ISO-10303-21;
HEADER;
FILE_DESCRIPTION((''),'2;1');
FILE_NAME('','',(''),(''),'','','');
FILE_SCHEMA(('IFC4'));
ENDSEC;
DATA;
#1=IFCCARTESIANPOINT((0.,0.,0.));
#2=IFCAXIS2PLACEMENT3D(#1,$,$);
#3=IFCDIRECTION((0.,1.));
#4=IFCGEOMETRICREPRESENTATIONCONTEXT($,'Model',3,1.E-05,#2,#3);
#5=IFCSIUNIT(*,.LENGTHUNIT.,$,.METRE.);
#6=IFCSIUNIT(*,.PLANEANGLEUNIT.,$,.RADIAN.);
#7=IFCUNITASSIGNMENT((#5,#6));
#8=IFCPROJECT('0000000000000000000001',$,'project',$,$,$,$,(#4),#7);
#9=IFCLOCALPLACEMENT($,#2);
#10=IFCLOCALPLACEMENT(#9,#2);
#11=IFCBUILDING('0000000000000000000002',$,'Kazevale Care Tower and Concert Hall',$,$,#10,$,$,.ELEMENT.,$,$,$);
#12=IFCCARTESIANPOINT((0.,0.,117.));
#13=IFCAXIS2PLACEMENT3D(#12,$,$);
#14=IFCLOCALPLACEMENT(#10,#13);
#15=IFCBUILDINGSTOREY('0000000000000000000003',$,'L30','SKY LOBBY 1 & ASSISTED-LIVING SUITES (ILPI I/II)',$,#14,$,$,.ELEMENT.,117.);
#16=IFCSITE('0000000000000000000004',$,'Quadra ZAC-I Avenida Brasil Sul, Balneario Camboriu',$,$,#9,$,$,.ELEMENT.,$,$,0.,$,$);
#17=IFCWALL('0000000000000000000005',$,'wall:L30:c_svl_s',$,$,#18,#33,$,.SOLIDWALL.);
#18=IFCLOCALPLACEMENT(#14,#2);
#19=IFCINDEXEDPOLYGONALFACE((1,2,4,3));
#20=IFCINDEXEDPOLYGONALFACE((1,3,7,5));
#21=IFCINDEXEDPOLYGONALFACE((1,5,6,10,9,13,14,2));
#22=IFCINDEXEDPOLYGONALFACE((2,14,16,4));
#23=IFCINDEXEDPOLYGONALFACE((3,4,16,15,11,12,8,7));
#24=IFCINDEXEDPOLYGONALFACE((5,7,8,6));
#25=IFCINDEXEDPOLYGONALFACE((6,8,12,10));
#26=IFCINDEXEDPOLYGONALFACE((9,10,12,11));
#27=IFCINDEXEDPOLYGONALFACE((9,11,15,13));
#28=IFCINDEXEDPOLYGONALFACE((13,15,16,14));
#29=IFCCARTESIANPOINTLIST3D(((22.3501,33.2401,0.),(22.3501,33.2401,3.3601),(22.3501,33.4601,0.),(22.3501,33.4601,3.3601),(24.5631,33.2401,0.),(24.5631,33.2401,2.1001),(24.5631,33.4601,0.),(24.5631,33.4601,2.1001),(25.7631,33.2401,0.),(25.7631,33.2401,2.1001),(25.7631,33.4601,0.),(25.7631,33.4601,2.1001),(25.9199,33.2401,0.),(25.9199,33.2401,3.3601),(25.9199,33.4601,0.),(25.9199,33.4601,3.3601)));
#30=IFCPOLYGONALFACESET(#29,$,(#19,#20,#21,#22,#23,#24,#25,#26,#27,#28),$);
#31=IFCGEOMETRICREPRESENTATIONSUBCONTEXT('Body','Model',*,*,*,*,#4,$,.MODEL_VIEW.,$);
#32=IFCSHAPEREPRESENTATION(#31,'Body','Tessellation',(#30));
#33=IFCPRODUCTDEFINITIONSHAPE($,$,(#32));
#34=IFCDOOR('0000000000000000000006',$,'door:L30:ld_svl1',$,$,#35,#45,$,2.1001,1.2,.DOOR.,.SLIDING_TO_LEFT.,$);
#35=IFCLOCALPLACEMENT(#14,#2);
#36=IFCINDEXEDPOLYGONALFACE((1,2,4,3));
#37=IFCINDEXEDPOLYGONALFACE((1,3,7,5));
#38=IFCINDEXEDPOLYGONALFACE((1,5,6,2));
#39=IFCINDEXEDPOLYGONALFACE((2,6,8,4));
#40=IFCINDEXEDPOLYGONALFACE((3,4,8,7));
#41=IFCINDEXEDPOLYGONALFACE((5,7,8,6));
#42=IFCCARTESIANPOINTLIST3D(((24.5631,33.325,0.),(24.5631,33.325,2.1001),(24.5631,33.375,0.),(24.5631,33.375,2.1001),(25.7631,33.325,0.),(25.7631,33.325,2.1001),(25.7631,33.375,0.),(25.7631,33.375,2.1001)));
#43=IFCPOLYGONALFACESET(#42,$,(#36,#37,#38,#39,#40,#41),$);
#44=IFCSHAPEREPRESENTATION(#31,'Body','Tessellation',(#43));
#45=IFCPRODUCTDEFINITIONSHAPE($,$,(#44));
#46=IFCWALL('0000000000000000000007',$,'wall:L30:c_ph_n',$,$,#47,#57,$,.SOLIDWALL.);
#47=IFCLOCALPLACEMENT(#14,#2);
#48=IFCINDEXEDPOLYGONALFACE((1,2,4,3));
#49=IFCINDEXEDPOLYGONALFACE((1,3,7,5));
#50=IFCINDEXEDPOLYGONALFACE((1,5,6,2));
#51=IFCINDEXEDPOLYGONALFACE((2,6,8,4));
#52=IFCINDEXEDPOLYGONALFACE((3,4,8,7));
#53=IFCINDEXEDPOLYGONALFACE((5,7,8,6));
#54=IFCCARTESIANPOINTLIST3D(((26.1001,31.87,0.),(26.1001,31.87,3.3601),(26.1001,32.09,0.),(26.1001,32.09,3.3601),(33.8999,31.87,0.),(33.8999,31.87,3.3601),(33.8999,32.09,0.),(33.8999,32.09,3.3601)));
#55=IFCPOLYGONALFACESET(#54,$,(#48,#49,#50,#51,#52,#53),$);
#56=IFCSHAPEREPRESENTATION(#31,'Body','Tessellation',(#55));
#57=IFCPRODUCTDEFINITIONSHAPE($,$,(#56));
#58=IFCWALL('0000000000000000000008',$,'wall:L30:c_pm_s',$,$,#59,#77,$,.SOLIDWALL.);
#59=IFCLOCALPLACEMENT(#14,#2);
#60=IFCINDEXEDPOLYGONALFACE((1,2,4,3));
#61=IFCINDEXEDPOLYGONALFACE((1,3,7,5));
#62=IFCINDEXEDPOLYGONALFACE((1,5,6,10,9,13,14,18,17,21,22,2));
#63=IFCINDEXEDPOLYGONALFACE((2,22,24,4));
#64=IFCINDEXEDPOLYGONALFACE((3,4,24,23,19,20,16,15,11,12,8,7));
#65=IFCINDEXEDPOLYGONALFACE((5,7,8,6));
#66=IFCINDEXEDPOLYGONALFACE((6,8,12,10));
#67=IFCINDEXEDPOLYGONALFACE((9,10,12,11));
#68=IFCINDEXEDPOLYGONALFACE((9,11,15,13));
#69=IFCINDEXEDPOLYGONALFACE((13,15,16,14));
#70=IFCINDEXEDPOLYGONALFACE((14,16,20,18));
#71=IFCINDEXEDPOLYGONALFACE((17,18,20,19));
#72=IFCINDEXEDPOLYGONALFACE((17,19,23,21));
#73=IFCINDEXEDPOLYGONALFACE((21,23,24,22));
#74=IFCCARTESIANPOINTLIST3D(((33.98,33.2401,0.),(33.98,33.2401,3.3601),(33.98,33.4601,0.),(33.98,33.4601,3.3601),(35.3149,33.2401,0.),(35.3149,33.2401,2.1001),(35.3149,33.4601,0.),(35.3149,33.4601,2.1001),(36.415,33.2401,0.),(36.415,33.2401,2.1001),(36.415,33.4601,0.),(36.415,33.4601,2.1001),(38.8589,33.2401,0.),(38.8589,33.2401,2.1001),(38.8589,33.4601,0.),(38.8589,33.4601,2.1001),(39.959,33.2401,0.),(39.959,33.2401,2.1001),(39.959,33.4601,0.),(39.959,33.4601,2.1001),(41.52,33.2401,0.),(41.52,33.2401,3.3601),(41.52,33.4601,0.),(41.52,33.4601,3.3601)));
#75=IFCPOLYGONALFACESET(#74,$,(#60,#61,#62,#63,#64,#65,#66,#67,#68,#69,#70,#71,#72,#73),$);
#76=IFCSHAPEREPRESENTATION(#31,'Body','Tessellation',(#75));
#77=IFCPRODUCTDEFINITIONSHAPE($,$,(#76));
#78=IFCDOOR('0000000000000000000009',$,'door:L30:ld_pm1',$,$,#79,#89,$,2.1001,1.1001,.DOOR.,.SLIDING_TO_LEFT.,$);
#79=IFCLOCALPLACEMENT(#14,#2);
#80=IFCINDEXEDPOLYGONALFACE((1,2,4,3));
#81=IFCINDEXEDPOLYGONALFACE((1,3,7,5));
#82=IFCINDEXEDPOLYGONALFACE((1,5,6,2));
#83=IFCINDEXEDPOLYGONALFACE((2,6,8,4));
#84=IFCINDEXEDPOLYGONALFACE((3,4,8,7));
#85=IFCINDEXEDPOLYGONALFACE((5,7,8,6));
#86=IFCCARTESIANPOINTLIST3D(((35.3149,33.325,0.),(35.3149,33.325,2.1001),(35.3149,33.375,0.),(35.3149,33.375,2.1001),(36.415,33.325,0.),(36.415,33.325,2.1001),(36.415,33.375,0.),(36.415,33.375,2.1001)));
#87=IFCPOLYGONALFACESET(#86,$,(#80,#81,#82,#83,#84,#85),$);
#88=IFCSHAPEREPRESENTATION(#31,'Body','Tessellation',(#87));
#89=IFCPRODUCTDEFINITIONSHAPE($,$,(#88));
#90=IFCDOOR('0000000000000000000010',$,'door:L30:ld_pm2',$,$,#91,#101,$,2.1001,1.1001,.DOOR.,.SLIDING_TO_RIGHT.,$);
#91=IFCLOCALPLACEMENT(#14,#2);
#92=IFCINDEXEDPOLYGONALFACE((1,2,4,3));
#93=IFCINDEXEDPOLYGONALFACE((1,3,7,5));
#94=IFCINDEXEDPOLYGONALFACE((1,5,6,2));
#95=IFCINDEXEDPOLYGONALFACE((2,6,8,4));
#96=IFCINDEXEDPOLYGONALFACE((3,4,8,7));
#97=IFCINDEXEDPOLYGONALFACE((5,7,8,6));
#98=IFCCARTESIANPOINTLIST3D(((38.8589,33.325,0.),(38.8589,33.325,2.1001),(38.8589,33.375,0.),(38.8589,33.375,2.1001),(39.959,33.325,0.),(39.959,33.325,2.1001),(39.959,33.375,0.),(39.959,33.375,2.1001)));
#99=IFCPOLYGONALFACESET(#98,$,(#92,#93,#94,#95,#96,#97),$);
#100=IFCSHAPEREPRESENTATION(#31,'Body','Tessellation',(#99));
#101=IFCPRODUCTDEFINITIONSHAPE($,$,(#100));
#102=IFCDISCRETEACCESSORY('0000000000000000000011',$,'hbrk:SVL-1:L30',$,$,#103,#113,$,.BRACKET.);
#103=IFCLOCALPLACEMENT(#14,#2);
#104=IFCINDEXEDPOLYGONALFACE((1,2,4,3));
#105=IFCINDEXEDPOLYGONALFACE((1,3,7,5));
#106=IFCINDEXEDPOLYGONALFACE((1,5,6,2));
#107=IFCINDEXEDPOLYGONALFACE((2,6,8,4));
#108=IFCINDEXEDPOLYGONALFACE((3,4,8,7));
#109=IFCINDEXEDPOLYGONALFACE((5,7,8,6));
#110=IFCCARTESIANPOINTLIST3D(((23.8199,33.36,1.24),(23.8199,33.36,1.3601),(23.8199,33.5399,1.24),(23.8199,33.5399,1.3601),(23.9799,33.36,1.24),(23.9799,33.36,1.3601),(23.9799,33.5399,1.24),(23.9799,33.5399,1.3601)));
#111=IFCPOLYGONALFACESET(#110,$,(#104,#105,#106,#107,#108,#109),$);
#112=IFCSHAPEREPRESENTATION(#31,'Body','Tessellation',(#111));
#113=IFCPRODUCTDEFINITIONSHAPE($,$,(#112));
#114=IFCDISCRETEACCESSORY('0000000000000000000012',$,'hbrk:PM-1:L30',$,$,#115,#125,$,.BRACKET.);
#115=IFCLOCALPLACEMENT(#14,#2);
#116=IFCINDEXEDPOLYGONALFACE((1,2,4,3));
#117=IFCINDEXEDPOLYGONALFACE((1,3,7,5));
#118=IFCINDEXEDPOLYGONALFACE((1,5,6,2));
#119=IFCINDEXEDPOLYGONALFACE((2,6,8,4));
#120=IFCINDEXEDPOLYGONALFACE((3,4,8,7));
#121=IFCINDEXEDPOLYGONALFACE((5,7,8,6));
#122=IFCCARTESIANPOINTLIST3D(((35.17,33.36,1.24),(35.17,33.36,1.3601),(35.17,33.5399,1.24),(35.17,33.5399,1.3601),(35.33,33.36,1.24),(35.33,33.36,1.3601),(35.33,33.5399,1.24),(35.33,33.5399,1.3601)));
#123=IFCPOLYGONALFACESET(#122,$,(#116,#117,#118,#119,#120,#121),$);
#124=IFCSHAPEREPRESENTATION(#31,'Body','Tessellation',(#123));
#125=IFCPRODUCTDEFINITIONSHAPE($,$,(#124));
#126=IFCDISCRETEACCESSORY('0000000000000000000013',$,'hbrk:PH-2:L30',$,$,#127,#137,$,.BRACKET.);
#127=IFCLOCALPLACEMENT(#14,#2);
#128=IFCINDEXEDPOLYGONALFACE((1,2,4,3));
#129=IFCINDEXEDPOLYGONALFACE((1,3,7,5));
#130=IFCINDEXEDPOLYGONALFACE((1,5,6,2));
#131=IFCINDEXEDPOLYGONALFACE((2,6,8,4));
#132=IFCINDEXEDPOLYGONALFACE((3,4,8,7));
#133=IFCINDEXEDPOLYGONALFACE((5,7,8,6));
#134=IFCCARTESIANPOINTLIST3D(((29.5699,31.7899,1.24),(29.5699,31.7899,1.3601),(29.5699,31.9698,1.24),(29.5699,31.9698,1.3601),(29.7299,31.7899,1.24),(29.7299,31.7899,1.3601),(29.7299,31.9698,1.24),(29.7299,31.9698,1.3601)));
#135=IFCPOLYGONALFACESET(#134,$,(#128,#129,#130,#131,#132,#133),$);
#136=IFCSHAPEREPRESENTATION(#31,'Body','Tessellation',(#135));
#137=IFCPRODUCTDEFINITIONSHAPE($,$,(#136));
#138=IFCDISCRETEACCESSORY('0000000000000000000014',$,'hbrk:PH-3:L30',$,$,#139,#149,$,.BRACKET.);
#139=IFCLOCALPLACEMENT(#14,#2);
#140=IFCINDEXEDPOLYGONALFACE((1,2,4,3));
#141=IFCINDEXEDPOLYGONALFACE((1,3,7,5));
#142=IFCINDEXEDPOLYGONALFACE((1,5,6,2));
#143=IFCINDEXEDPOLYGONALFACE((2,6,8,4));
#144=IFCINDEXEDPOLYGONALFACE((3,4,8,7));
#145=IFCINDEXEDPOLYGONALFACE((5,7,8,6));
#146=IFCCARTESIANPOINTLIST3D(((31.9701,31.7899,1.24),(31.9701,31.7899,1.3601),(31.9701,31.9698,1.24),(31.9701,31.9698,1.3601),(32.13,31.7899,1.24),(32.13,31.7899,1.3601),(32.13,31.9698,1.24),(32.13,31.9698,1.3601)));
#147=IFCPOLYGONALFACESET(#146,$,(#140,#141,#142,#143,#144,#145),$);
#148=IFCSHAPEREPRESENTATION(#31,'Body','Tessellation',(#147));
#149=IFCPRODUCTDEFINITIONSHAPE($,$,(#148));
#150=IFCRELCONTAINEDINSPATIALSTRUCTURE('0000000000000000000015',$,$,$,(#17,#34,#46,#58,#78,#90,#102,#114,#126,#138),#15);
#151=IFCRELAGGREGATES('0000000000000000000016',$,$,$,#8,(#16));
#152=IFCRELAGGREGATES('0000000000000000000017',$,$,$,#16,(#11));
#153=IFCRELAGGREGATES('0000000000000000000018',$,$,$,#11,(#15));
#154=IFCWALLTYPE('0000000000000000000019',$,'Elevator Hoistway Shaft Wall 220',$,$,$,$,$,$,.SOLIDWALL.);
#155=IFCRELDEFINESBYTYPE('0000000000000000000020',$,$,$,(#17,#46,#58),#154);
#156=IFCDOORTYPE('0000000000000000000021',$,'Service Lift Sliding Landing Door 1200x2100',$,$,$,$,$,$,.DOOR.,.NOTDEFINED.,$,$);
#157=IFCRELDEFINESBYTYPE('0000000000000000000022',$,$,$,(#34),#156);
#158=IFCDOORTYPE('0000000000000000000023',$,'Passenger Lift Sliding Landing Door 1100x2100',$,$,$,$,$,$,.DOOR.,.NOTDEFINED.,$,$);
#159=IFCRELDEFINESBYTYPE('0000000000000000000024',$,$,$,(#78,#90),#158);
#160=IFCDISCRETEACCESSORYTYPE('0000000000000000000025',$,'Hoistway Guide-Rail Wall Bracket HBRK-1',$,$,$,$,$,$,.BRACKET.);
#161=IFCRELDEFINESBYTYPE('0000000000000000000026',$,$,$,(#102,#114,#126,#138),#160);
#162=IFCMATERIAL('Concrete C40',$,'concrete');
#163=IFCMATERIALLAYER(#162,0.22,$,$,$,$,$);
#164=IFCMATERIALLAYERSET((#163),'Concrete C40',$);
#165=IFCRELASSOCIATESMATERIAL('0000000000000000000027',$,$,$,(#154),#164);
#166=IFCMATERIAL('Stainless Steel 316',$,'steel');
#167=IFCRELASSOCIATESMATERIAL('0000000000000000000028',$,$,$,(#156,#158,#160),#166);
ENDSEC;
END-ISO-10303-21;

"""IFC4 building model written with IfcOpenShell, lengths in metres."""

from ifc_helpers import new_model, si_unit, direction, frame, frame_2d, origin, origin_2d, place, context, subcontext, project, spatial, rectangle, extrude, material, layer, layer_set, type_object, element, fill, save


model = new_model("IFC4")

# Units and contexts
model_context = context("Model", 3, precision=1e-05, world=origin(), true_north=direction((0.0, 1.0)))
body_context = subcontext(model_context, "Body", "Model", "MODEL_VIEW")
ifc_project = project(units=[si_unit("LENGTHUNIT", "METRE"), si_unit("PLANEANGLEUNIT", "RADIAN")], contexts=[model_context])

# Site, building, storey
site_placement = place(None, origin())
site = spatial("IfcSite", under=ifc_project, at=site_placement, Name="Quadra ZAC-I Avenida Brasil Sul, Balneario Camboriu", CompositionType="ELEMENT", RefElevation=0.0)
building_placement = place(site_placement, origin())
building = spatial("IfcBuilding", under=site, at=building_placement, Name="Kazevale Care Tower and Concert Hall", CompositionType="ELEMENT")
storey_placement = place(building_placement, frame((0.0, 0.0, 117.0)))
storey = spatial("IfcBuildingStorey", under=building, at=storey_placement, Name="L30", Description="SKY LOBBY 1 & ASSISTED-LIVING SUITES (ILPI I/II)", CompositionType="ELEMENT", Elevation=117.0)

# Shared definitions
ifc_material_1 = material(Name="Concrete C40", Category="concrete")
ifc_layer_1 = layer(ifc_material_1, 0.22)
ifc_layer_set_1 = layer_set([ifc_layer_1], Name="Concrete C40")
wall_type_1 = type_object("IfcWallType", Name="Elevator Hoistway Shaft Wall 220", PredefinedType="SOLIDWALL", material=ifc_layer_set_1)

# Wall, opening, door
wall_1_placement = place(storey_placement, frame((22.3501, 33.3501, 0.0), z_axis=(0.0, 0.0, 1.0), x_axis=(1.0, 0.0, 0.0)))
wall_1 = element("IfcWall", 1, at=wall_1_placement, inside=storey, type_object=wall_type_1, Name="wall:L30:c_svl_s", PredefinedType="SOLIDWALL", context=body_context, shape_type="SweptSolid", body=[
    extrude(rectangle(XDim=3.5698, YDim=0.22, at=frame_2d((1.7849, 0.0))), origin(), (0.0, 0.0, 1.0), 3.3601),
])
opening_1_placement = place(wall_1_placement, frame((2.2129, 0.0, 0.0)))
opening_1 = element("IfcOpeningElement", 2, at=opening_1_placement, cuts=wall_1, PredefinedType="OPENING", context=body_context, shape_type="SweptSolid", body=[
    extrude(rectangle(XDim=1.2, YDim=2.1001, at=frame_2d((0.6001, 1.05))), frame((0.0, 0.1199, 0.0), z_axis=(0.0, -1.0, 0.0), x_axis=(1.0, 0.0, 0.0)), (0.0, 0.0, 1.0), 0.24),
])
ifc_material_2 = material(Name="Stainless Steel 316", Category="steel")
door_type_1 = type_object("IfcDoorType", Name="Service Lift Sliding Landing Door 1200x2100", OperationType="NOTDEFINED", PredefinedType="DOOR", material=ifc_material_2)
door_1_placement = place(opening_1_placement, origin())
door_1 = element("IfcDoor", 3, at=door_1_placement, inside=storey, type_object=door_type_1, Name="door:L30:ld_svl1", OperationType="SLIDING_TO_LEFT", OverallHeight=2.1001, OverallWidth=1.2, PredefinedType="DOOR", context=body_context, shape_type="SweptSolid", body=[
    extrude(rectangle(XDim=1.2, YDim=2.1001, at=frame_2d((0.6001, 1.05))), frame((0.0, 0.0249, 0.0), z_axis=(0.0, -1.0, 0.0), x_axis=(1.0, 0.0, 0.0)), (0.0, 0.0, 1.0), 0.05),
])
fill(opening_1, door_1)

# Wall
wall_2_placement = place(storey_placement, frame((26.1001, 31.98, 0.0), z_axis=(0.0, 0.0, 1.0), x_axis=(1.0, 0.0, 0.0)))
element("IfcWall", 4, at=wall_2_placement, inside=storey, type_object=wall_type_1, Name="wall:L30:c_ph_n", PredefinedType="SOLIDWALL", context=body_context, shape_type="SweptSolid", body=[
    extrude(rectangle(XDim=7.7998, YDim=0.22, at=frame_2d((3.8999, 0.0))), origin(), (0.0, 0.0, 1.0), 3.3601),
])

# Wall, openings, doors
wall_3_placement = place(storey_placement, frame((33.98, 33.3501, 0.0), z_axis=(0.0, 0.0, 1.0), x_axis=(1.0, 0.0, 0.0)))
wall_3 = element("IfcWall", 5, at=wall_3_placement, inside=storey, type_object=wall_type_1, Name="wall:L30:c_pm_s", PredefinedType="SOLIDWALL", context=body_context, shape_type="SweptSolid", body=[
    extrude(rectangle(XDim=7.54, YDim=0.22, at=frame_2d((3.77, 0.0))), origin(), (0.0, 0.0, 1.0), 3.3601),
])
opening_2_placement = place(wall_3_placement, frame((1.335, 0.0, 0.0)))
opening_2 = element("IfcOpeningElement", 6, at=opening_2_placement, cuts=wall_3, PredefinedType="OPENING", context=body_context, shape_type="SweptSolid", body=[
    extrude(rectangle(XDim=1.1001, YDim=2.1001, at=frame_2d((0.55, 1.05))), frame((0.0, 0.1199, 0.0), z_axis=(0.0, -1.0, 0.0), x_axis=(1.0, 0.0, 0.0)), (0.0, 0.0, 1.0), 0.24),
])
opening_3_placement = place(wall_3_placement, frame((4.8789, 0.0, 0.0)))
opening_3 = element("IfcOpeningElement", 7, at=opening_3_placement, cuts=wall_3, PredefinedType="OPENING", context=body_context, shape_type="SweptSolid", body=[
    extrude(rectangle(XDim=1.1001, YDim=2.1001, at=frame_2d((0.55, 1.05))), frame((0.0, 0.1199, 0.0), z_axis=(0.0, -1.0, 0.0), x_axis=(1.0, 0.0, 0.0)), (0.0, 0.0, 1.0), 0.24),
])
door_type_2 = type_object("IfcDoorType", Name="Passenger Lift Sliding Landing Door 1100x2100", OperationType="NOTDEFINED", PredefinedType="DOOR", material=ifc_material_2)
door_2_placement = place(opening_2_placement, origin())
door_2 = element("IfcDoor", 8, at=door_2_placement, inside=storey, type_object=door_type_2, Name="door:L30:ld_pm1", OperationType="SLIDING_TO_LEFT", OverallHeight=2.1001, OverallWidth=1.1001, PredefinedType="DOOR", context=body_context, shape_type="SweptSolid", body=[
    extrude(rectangle(XDim=1.1001, YDim=2.1001, at=frame_2d((0.55, 1.05))), frame((0.0, 0.0249, 0.0), z_axis=(0.0, -1.0, 0.0), x_axis=(1.0, 0.0, 0.0)), (0.0, 0.0, 1.0), 0.05),
])
fill(opening_2, door_2)
door_3_placement = place(opening_3_placement, origin())
door_3 = element("IfcDoor", 9, at=door_3_placement, inside=storey, type_object=door_type_2, Name="door:L30:ld_pm2", OperationType="SLIDING_TO_RIGHT", OverallHeight=2.1001, OverallWidth=1.1001, PredefinedType="DOOR", context=body_context, shape_type="SweptSolid", body=[
    extrude(rectangle(XDim=1.1001, YDim=2.1001, at=frame_2d((0.55, 1.05))), frame((0.0, 0.0249, 0.0), z_axis=(0.0, -1.0, 0.0), x_axis=(1.0, 0.0, 0.0)), (0.0, 0.0, 1.0), 0.05),
])
fill(opening_3, door_3)

# Discrete accessories
discrete_accessory_type = type_object("IfcDiscreteAccessoryType", Name="Hoistway Guide-Rail Wall Bracket HBRK-1", PredefinedType="BRACKET", material=ifc_material_2)
for number, where, z_axis, x_axis, name in (
    (10, (23.8999, 33.45, 1.24), (0.0, 0.0, 1.0), (1.0, 0.0, 0.0), "hbrk:SVL-1:L30"),
    (11, (35.25, 33.45, 1.24), (0.0, 0.0, 1.0), (1.0, 0.0, 0.0), "hbrk:PM-1:L30"),
    (12, (29.6499, 31.8799, 1.24), (0.0, 0.0, 1.0), (1.0, 0.0, 0.0), "hbrk:PH-2:L30"),
    (13, (32.05, 31.8799, 1.24), (0.0, 0.0, 1.0), (1.0, 0.0, 0.0), "hbrk:PH-3:L30"),
):
    element("IfcDiscreteAccessory", number, at=place(storey_placement, frame(where, z_axis=z_axis, x_axis=x_axis)), inside=storey, type_object=discrete_accessory_type, Name=name, PredefinedType="BRACKET", context=body_context, shape_type="SweptSolid", body=[
        extrude(rectangle(XDim=0.1599, YDim=0.1799, at=origin_2d()), origin(), (0.0, 0.0, 1.0), 0.1201),
    ])

save(model, "model.ifc")
